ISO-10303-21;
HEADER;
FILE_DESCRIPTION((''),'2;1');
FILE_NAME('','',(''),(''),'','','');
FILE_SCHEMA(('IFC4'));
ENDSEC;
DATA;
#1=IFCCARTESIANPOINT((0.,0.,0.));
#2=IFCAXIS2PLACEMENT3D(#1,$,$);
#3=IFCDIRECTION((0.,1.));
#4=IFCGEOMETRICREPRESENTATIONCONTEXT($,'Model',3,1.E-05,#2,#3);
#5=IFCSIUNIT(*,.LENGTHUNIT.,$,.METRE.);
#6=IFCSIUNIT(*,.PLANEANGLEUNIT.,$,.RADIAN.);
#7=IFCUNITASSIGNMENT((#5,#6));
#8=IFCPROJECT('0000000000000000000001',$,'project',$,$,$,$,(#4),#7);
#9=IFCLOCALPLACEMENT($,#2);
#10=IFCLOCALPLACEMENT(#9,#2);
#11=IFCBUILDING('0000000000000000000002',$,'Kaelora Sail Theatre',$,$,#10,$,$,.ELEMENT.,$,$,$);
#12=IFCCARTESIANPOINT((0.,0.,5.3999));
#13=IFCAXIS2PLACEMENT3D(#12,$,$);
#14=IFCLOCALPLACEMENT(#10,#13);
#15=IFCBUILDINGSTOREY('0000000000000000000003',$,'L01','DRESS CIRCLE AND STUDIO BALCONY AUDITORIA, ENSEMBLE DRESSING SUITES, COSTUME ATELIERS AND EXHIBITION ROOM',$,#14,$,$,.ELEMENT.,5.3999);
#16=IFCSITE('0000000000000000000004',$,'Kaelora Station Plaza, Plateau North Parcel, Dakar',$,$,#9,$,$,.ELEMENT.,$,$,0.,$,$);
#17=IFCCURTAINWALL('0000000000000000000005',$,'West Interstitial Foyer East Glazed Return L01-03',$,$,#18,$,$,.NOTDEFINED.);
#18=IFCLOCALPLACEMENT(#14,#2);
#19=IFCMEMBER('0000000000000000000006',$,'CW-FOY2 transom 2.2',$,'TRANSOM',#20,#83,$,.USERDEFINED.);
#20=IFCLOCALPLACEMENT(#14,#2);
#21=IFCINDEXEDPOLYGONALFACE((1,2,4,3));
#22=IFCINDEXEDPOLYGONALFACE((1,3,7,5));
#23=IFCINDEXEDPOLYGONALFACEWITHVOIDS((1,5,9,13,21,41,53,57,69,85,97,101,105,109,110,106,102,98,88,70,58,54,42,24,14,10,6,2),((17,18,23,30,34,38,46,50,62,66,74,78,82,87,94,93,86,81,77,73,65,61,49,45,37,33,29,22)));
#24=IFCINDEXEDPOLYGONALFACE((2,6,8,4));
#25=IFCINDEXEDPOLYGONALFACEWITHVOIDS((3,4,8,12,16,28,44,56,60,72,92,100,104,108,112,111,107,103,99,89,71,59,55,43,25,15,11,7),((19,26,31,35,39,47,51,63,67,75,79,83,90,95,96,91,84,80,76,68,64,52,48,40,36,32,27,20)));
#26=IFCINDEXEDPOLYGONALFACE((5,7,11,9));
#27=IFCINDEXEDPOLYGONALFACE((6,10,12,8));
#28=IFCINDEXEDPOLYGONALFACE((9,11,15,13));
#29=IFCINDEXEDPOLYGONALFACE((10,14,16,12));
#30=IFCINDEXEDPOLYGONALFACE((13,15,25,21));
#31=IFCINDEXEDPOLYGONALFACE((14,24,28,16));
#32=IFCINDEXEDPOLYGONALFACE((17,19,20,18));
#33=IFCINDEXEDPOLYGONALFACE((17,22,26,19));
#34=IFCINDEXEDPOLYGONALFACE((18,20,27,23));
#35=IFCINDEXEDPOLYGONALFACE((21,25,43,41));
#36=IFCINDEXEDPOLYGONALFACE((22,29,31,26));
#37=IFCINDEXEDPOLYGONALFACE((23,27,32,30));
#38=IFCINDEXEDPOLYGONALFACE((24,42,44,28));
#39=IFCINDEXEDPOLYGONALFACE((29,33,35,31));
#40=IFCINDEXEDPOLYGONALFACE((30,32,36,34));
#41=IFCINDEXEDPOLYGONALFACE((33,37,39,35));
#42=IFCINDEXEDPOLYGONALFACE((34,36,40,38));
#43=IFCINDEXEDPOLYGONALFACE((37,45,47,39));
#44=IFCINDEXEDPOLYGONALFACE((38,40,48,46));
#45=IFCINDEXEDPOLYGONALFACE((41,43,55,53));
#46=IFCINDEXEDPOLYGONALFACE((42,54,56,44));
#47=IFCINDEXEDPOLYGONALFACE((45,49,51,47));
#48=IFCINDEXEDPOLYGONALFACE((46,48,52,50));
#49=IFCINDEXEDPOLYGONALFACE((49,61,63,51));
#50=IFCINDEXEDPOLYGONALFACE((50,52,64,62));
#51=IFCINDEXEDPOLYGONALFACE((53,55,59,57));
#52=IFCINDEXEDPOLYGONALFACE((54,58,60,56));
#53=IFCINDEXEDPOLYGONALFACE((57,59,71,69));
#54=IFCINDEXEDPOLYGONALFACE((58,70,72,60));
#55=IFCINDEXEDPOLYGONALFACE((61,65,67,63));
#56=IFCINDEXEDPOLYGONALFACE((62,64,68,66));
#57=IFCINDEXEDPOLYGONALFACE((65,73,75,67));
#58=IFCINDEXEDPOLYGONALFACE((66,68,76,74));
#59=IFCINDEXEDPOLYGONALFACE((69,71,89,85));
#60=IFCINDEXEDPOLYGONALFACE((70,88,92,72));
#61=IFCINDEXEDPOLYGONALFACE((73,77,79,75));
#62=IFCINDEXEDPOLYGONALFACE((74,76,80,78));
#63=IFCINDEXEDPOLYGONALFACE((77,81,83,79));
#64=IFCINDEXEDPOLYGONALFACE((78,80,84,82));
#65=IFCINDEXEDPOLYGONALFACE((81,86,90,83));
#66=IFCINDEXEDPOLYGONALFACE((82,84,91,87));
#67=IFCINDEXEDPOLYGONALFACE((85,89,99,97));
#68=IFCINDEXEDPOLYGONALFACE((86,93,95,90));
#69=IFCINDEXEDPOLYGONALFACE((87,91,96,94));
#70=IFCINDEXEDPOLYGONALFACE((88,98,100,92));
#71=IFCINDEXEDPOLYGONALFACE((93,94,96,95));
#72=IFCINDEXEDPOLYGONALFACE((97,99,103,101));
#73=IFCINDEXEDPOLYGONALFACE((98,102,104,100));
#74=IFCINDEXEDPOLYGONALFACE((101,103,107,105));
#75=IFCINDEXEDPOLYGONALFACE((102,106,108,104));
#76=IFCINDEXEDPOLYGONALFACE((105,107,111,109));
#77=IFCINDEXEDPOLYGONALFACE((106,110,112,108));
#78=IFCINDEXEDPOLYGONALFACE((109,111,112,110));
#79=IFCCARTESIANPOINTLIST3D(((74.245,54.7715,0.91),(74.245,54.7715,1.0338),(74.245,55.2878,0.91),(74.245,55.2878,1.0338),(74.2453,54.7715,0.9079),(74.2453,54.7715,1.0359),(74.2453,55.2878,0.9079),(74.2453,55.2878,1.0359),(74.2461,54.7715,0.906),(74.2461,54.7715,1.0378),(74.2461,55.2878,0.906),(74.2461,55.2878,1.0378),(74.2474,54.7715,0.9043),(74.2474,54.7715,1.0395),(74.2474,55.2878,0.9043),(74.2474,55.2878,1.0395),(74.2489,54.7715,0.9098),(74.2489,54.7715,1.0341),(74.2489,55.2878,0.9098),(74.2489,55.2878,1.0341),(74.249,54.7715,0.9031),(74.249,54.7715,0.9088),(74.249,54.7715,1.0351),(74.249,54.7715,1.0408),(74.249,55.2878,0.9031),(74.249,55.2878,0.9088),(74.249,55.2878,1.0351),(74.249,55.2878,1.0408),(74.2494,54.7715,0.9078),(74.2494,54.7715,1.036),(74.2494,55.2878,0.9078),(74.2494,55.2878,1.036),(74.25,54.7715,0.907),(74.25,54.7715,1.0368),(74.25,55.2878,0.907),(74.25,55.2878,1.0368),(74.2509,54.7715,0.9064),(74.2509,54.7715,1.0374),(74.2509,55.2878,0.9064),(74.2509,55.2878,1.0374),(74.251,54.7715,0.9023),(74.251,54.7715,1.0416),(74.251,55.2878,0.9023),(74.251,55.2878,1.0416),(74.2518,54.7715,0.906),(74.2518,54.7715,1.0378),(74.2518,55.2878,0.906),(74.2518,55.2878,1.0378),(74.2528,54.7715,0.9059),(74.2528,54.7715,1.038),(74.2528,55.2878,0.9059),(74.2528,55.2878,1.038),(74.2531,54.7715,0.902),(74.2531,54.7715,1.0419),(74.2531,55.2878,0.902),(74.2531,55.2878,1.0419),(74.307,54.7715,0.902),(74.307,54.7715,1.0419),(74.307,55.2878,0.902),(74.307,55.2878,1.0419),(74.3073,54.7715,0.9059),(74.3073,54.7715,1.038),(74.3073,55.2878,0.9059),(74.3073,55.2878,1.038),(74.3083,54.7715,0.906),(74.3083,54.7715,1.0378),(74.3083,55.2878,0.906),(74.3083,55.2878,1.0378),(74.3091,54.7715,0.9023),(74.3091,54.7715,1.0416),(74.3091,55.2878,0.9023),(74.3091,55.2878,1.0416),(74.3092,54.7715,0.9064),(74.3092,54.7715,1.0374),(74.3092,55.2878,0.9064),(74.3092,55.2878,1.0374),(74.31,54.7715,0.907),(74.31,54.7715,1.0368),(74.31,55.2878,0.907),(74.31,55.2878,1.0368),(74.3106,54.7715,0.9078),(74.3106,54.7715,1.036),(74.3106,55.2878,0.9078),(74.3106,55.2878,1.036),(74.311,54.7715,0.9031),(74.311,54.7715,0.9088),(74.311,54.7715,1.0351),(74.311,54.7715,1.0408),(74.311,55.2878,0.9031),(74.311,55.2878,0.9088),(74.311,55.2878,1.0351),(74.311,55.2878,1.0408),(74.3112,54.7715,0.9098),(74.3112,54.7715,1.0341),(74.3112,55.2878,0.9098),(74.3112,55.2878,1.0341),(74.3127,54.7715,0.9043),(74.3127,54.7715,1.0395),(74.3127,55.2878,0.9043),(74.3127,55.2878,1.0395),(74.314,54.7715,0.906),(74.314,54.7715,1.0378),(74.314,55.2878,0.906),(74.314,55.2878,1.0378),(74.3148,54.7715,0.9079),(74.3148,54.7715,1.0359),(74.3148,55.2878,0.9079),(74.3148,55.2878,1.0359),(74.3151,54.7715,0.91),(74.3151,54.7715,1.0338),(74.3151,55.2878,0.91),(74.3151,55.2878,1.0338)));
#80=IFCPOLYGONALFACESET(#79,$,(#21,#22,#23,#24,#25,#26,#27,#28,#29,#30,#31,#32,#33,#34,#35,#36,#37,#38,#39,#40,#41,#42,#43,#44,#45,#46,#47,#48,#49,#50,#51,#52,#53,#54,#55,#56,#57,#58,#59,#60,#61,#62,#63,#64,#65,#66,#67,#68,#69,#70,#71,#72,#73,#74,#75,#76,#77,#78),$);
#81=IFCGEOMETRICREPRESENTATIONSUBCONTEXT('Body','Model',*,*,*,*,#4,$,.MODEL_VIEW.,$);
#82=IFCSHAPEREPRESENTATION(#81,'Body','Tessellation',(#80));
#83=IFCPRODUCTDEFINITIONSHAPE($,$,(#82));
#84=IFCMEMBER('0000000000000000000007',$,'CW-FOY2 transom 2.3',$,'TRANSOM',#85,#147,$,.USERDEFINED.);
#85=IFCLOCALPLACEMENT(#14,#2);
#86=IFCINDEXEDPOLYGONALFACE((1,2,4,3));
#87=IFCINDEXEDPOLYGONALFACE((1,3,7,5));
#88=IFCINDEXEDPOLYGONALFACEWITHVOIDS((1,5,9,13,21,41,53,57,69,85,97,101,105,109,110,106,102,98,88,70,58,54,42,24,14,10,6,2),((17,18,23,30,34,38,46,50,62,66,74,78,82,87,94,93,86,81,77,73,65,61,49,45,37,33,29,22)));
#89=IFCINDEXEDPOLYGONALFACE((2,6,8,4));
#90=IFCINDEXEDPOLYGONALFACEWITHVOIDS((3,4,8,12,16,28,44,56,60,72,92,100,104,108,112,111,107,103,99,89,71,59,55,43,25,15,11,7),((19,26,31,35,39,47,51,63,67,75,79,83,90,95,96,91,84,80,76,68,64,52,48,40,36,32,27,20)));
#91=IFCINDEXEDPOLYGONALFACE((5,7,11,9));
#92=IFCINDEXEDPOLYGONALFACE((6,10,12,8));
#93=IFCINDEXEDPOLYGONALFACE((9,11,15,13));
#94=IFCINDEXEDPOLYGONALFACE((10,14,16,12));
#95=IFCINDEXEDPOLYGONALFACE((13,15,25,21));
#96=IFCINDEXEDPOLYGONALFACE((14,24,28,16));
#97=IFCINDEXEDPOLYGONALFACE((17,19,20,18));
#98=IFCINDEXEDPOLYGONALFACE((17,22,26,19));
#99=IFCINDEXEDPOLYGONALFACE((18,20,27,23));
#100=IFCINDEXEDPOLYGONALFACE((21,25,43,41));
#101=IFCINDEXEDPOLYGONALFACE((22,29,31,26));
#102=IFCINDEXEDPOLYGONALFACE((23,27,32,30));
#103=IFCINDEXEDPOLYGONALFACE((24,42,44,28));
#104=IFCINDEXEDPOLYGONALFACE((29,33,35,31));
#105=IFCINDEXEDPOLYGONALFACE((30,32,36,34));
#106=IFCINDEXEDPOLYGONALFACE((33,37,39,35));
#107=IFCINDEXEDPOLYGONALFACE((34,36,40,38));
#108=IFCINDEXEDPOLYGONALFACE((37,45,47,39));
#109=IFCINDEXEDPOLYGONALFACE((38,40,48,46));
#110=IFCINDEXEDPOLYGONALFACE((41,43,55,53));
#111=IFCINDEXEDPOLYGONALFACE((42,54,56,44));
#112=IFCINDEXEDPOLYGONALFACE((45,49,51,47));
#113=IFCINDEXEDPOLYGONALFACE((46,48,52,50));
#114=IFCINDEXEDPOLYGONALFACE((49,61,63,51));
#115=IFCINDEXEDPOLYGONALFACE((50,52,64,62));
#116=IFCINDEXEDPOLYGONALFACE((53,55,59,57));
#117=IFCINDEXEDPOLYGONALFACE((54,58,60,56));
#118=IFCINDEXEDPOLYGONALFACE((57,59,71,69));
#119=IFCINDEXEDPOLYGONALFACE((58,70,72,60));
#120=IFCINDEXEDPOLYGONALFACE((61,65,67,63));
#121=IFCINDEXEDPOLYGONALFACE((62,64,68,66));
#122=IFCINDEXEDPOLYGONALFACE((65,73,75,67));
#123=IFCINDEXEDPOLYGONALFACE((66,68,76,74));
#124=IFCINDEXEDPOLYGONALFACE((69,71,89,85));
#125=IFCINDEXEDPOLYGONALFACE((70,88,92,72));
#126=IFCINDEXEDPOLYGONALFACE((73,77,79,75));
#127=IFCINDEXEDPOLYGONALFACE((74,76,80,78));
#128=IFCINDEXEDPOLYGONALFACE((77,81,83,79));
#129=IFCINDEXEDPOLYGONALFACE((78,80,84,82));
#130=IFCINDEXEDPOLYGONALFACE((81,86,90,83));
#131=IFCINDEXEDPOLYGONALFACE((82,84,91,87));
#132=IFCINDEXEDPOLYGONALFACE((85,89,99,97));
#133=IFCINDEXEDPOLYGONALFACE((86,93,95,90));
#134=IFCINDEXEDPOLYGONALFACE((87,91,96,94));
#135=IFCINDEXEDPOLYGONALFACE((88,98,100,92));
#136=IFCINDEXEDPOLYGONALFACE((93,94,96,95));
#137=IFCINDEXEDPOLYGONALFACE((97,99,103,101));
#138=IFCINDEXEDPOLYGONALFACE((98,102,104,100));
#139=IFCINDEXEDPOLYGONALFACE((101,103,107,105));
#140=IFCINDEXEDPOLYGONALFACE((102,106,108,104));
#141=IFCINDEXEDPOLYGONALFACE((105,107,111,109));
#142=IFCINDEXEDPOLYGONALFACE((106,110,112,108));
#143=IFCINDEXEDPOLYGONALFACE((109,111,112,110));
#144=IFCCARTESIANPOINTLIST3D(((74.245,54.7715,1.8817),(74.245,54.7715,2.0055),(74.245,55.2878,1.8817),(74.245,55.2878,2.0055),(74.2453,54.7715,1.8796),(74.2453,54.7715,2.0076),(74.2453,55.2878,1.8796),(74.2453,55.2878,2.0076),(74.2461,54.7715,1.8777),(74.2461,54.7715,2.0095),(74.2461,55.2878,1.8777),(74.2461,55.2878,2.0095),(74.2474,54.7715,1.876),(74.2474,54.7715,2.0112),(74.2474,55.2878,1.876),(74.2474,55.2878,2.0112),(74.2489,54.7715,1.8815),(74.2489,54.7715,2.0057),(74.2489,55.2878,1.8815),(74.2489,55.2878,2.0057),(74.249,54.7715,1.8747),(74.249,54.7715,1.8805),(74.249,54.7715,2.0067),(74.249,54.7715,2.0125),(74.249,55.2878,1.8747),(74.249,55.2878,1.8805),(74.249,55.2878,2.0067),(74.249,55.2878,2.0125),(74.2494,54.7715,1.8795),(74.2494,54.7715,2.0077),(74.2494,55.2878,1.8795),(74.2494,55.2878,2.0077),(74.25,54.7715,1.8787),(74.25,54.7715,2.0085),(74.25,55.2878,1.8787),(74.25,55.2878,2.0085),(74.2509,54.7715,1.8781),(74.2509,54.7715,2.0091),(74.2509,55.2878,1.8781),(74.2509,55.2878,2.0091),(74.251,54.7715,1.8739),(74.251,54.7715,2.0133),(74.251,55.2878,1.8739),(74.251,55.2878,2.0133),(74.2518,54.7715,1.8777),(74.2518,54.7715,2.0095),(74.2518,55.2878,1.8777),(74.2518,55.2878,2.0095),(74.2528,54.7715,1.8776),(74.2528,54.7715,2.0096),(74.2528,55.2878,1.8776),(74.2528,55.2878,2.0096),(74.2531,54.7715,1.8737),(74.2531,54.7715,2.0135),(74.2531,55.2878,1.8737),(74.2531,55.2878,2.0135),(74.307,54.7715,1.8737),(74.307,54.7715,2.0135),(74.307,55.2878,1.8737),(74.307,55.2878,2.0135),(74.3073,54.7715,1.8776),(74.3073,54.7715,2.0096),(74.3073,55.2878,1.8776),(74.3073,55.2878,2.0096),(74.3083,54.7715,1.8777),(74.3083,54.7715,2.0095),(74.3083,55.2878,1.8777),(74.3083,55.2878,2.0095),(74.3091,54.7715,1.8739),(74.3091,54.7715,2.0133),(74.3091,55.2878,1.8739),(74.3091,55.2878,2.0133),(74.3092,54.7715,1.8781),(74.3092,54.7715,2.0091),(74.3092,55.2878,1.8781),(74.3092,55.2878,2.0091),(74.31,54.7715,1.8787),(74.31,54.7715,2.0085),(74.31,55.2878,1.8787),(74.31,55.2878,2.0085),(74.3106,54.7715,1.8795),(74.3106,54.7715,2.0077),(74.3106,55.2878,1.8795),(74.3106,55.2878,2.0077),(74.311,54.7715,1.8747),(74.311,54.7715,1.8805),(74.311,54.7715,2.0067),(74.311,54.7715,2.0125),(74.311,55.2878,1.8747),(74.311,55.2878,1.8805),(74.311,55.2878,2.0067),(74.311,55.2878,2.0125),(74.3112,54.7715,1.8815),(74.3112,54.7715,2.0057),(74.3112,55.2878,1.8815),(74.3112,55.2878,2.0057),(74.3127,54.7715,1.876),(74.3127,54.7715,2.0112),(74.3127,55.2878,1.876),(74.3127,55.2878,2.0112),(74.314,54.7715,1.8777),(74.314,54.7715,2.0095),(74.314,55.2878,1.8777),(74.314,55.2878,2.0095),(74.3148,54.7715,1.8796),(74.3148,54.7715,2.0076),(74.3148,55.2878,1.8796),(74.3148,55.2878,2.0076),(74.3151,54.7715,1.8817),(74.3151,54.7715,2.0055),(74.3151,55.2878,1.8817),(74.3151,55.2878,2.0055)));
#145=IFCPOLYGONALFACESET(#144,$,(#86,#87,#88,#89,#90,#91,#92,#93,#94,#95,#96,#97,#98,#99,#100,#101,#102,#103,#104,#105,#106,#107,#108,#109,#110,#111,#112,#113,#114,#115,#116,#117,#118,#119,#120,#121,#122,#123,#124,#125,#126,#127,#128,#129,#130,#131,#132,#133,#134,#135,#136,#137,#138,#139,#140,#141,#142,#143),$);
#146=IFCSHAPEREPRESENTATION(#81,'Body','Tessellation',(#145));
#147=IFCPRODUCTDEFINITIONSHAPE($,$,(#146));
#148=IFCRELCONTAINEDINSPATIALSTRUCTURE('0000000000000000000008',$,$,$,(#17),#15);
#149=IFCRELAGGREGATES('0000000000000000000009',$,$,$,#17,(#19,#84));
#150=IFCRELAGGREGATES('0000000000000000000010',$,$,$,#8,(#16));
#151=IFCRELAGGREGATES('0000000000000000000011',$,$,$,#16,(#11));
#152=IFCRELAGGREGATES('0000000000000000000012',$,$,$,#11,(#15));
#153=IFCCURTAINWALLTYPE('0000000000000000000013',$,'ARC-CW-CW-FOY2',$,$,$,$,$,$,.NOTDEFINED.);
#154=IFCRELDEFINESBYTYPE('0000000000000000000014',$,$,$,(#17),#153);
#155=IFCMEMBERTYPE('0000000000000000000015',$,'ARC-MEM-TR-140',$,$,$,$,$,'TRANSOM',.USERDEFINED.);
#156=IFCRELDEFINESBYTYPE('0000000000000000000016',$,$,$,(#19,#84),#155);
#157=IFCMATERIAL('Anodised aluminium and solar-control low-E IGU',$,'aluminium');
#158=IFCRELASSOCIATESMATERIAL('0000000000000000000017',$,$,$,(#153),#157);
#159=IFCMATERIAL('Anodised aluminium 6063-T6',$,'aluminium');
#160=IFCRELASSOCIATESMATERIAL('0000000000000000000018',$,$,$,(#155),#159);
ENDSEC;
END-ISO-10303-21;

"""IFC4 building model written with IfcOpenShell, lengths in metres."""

from ifc_helpers import new_model, si_unit, direction, frame, origin, origin_2d, place, context, subcontext, project, spatial, hollow_rectangle, extrude, material, material_profile, profile_set, type_object, element, aggregate, save


model = new_model("IFC4")

# Units and contexts
model_context = context("Model", 3, precision=1e-05, world=origin(), true_north=direction((0.0, 1.0)))
body_context = subcontext(model_context, "Body", "Model", "MODEL_VIEW")
ifc_project = project(units=[si_unit("LENGTHUNIT", "METRE"), si_unit("PLANEANGLEUNIT", "RADIAN")], contexts=[model_context])

# Site, building, storey
site_placement = place(None, origin())
site = spatial("IfcSite", under=ifc_project, at=site_placement, Name="Kaelora Station Plaza, Plateau North Parcel, Dakar", CompositionType="ELEMENT", RefElevation=0.0)
building_placement = place(site_placement, origin())
building = spatial("IfcBuilding", under=site, at=building_placement, Name="Kaelora Sail Theatre", CompositionType="ELEMENT")
storey_placement = place(building_placement, frame((0.0, 0.0, 5.3999)))
storey = spatial("IfcBuildingStorey", under=building, at=storey_placement, Name="L01", Description="DRESS CIRCLE AND STUDIO BALCONY AUDITORIA, ENSEMBLE DRESSING SUITES, COSTUME ATELIERS AND EXHIBITION ROOM", CompositionType="ELEMENT", Elevation=5.3999)

# Shared definitions
ifc_material_1 = material(Name="Anodised aluminium and solar-control low-E IGU", Category="aluminium")
curtain_wall_type = type_object("IfcCurtainWallType", Name="ARC-CW-CW-FOY2", PredefinedType="NOTDEFINED", material=ifc_material_1)

# Curtain wall
curtain_wall_1_placement = place(storey_placement, origin())
curtain_wall_1 = element("IfcCurtainWall", 1, at=curtain_wall_1_placement, inside=storey, type_object=curtain_wall_type, Name="West Interstitial Foyer East Glazed Return L01-03", PredefinedType="NOTDEFINED")

# Members
ifc_material_2 = material(Name="Anodised aluminium 6063-T6", Category="aluminium")
ifc_material_profile_1 = material_profile(ifc_material_2, hollow_rectangle(XDim=0.0701, YDim=0.1399, WallThickness=0.0039, InnerFilletRadius=0.0039, OuterFilletRadius=0.0081, at=origin_2d()), Name="ALU-TRAN 70x140x4")
ifc_profile_set_1 = profile_set([ifc_material_profile_1], Name="Anodised aluminium 6063-T6")
member_type_1 = type_object("IfcMemberType", Name="ARC-MEM-TR-140", ElementType="TRANSOM", PredefinedType="USERDEFINED", material=ifc_profile_set_1)
member_1_placement = place(storey_placement, frame((74.28, 54.7715, 0.9719), z_axis=(0.0, 1.0, 0.0), x_axis=(-1.0, 0.0, 0.0)))
member_1 = element("IfcMember", 2, at=member_1_placement, type_object=member_type_1, Name="CW-FOY2 transom 2.2", ObjectType="TRANSOM", PredefinedType="USERDEFINED", context=body_context, shape_type="SweptSolid", body=[
    extrude(hollow_rectangle(XDim=0.0701, YDim=0.1399, WallThickness=0.0039, InnerFilletRadius=0.0039, OuterFilletRadius=0.0081, at=origin_2d()), origin(), (0.0, 0.0, 1.0), 0.5164),
])
member_2_placement = place(storey_placement, frame((74.28, 54.7715, 1.9436), z_axis=(0.0, 1.0, 0.0), x_axis=(-1.0, 0.0, 0.0)))
member_2 = element("IfcMember", 3, at=member_2_placement, type_object=member_type_1, Name="CW-FOY2 transom 2.3", ObjectType="TRANSOM", PredefinedType="USERDEFINED", context=body_context, shape_type="SweptSolid", body=[
    extrude(hollow_rectangle(XDim=0.0701, YDim=0.1399, WallThickness=0.0039, InnerFilletRadius=0.0039, OuterFilletRadius=0.0081, at=origin_2d()), origin(), (0.0, 0.0, 1.0), 0.5164),
])

aggregate(curtain_wall_1, [member_1, member_2])

save(model, "model.ifc")
